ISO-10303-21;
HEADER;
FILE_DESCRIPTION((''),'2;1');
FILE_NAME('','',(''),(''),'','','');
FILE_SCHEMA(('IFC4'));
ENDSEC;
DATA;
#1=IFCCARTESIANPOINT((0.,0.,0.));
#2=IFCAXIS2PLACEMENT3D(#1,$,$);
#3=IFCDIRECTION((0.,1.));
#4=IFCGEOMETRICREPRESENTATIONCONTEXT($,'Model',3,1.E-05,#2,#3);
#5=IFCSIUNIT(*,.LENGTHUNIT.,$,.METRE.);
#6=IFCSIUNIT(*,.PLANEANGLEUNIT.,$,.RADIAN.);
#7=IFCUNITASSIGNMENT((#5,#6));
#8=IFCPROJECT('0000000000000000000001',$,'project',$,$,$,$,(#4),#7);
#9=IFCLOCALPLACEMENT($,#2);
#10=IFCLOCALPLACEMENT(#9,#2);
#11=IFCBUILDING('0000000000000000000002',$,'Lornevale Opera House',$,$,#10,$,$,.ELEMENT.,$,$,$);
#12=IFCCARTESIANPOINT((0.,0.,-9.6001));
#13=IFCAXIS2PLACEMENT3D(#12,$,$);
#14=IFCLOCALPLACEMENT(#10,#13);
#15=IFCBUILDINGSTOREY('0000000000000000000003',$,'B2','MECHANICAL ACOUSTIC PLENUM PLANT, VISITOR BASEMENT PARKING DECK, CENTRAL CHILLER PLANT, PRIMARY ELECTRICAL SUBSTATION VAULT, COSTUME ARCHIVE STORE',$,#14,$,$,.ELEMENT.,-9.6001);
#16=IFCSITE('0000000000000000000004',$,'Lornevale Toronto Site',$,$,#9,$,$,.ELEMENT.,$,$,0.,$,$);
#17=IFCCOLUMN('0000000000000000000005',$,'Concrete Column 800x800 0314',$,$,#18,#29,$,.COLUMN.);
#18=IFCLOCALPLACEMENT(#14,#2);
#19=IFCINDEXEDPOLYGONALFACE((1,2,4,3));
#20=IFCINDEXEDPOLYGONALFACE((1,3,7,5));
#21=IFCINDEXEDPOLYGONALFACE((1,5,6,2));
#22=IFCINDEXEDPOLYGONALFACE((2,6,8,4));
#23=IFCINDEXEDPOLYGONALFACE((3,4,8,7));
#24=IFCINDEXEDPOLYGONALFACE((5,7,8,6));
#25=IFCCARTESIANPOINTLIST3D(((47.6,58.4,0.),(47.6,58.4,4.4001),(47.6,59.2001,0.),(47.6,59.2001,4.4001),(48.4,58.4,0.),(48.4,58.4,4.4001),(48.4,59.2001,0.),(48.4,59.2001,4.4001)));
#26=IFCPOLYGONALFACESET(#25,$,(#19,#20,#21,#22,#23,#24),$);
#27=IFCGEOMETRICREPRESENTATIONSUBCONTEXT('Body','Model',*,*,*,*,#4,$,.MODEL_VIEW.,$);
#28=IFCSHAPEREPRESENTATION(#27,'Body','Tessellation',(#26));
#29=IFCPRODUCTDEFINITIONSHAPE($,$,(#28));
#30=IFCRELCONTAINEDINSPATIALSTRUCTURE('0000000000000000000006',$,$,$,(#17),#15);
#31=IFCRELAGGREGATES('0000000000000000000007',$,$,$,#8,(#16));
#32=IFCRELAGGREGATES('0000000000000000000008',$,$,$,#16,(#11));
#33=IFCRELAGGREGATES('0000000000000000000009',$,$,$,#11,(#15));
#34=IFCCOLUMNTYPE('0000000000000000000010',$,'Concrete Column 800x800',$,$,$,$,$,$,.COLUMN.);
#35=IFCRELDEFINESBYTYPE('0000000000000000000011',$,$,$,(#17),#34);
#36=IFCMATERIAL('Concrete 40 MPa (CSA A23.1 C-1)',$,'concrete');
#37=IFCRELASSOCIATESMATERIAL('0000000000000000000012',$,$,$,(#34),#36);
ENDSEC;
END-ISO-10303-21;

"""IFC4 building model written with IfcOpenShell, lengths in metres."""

from ifc_helpers import new_model, si_unit, direction, frame, origin, origin_2d, place, context, subcontext, project, spatial, rectangle, extrude, material, material_profile, profile_set, type_object, element, save


model = new_model("IFC4")

# Units and contexts
model_context = context("Model", 3, precision=1e-05, world=origin(), true_north=direction((0.0, 1.0)))
body_context = subcontext(model_context, "Body", "Model", "MODEL_VIEW")
ifc_project = project(units=[si_unit("LENGTHUNIT", "METRE"), si_unit("PLANEANGLEUNIT", "RADIAN")], contexts=[model_context])

# Site, building, storey
site_placement = place(None, origin())
site = spatial("IfcSite", under=ifc_project, at=site_placement, Name="Lornevale Toronto Site", CompositionType="ELEMENT", RefElevation=0.0)
building_placement = place(site_placement, origin())
building = spatial("IfcBuilding", under=site, at=building_placement, Name="Lornevale Opera House", CompositionType="ELEMENT")
storey_placement = place(building_placement, frame((0.0, 0.0, -9.6001)))
storey = spatial("IfcBuildingStorey", under=building, at=storey_placement, Name="B2", Description="MECHANICAL ACOUSTIC PLENUM PLANT, VISITOR BASEMENT PARKING DECK, CENTRAL CHILLER PLANT, PRIMARY ELECTRICAL SUBSTATION VAULT, COSTUME ARCHIVE STORE", CompositionType="ELEMENT", Elevation=-9.6001)

# Shared definitions
ifc_material_1 = material(Name="Concrete 40 MPa (CSA A23.1 C-1)", Category="concrete")

# Column
ifc_material_profile_1 = material_profile(ifc_material_1, rectangle(XDim=0.8, YDim=0.8, at=origin_2d()), Name="RC800x800")
ifc_profile_set_1 = profile_set([ifc_material_profile_1], Name="Concrete 40 MPa (CSA A23.1 C-1)")
column_type_1 = type_object("IfcColumnType", Name="Concrete Column 800x800", PredefinedType="COLUMN", material=ifc_profile_set_1)
for number, where, z_axis, x_axis, name in (
    (1, (48.0, 58.8, 0.0), (0.0, 0.0, 1.0), (1.0, 0.0, 0.0), "Concrete Column 800x800 0314"),
):
    element("IfcColumn", number, at=place(storey_placement, frame(where, z_axis=z_axis, x_axis=x_axis)), inside=storey, type_object=column_type_1, Name=name, PredefinedType="COLUMN", context=body_context, shape_type="SweptSolid", body=[
        extrude(rectangle(XDim=0.8, YDim=0.8, at=origin_2d()), origin(), (0.0, 0.0, 1.0), 4.4001),
    ])

save(model, "model.ifc")
